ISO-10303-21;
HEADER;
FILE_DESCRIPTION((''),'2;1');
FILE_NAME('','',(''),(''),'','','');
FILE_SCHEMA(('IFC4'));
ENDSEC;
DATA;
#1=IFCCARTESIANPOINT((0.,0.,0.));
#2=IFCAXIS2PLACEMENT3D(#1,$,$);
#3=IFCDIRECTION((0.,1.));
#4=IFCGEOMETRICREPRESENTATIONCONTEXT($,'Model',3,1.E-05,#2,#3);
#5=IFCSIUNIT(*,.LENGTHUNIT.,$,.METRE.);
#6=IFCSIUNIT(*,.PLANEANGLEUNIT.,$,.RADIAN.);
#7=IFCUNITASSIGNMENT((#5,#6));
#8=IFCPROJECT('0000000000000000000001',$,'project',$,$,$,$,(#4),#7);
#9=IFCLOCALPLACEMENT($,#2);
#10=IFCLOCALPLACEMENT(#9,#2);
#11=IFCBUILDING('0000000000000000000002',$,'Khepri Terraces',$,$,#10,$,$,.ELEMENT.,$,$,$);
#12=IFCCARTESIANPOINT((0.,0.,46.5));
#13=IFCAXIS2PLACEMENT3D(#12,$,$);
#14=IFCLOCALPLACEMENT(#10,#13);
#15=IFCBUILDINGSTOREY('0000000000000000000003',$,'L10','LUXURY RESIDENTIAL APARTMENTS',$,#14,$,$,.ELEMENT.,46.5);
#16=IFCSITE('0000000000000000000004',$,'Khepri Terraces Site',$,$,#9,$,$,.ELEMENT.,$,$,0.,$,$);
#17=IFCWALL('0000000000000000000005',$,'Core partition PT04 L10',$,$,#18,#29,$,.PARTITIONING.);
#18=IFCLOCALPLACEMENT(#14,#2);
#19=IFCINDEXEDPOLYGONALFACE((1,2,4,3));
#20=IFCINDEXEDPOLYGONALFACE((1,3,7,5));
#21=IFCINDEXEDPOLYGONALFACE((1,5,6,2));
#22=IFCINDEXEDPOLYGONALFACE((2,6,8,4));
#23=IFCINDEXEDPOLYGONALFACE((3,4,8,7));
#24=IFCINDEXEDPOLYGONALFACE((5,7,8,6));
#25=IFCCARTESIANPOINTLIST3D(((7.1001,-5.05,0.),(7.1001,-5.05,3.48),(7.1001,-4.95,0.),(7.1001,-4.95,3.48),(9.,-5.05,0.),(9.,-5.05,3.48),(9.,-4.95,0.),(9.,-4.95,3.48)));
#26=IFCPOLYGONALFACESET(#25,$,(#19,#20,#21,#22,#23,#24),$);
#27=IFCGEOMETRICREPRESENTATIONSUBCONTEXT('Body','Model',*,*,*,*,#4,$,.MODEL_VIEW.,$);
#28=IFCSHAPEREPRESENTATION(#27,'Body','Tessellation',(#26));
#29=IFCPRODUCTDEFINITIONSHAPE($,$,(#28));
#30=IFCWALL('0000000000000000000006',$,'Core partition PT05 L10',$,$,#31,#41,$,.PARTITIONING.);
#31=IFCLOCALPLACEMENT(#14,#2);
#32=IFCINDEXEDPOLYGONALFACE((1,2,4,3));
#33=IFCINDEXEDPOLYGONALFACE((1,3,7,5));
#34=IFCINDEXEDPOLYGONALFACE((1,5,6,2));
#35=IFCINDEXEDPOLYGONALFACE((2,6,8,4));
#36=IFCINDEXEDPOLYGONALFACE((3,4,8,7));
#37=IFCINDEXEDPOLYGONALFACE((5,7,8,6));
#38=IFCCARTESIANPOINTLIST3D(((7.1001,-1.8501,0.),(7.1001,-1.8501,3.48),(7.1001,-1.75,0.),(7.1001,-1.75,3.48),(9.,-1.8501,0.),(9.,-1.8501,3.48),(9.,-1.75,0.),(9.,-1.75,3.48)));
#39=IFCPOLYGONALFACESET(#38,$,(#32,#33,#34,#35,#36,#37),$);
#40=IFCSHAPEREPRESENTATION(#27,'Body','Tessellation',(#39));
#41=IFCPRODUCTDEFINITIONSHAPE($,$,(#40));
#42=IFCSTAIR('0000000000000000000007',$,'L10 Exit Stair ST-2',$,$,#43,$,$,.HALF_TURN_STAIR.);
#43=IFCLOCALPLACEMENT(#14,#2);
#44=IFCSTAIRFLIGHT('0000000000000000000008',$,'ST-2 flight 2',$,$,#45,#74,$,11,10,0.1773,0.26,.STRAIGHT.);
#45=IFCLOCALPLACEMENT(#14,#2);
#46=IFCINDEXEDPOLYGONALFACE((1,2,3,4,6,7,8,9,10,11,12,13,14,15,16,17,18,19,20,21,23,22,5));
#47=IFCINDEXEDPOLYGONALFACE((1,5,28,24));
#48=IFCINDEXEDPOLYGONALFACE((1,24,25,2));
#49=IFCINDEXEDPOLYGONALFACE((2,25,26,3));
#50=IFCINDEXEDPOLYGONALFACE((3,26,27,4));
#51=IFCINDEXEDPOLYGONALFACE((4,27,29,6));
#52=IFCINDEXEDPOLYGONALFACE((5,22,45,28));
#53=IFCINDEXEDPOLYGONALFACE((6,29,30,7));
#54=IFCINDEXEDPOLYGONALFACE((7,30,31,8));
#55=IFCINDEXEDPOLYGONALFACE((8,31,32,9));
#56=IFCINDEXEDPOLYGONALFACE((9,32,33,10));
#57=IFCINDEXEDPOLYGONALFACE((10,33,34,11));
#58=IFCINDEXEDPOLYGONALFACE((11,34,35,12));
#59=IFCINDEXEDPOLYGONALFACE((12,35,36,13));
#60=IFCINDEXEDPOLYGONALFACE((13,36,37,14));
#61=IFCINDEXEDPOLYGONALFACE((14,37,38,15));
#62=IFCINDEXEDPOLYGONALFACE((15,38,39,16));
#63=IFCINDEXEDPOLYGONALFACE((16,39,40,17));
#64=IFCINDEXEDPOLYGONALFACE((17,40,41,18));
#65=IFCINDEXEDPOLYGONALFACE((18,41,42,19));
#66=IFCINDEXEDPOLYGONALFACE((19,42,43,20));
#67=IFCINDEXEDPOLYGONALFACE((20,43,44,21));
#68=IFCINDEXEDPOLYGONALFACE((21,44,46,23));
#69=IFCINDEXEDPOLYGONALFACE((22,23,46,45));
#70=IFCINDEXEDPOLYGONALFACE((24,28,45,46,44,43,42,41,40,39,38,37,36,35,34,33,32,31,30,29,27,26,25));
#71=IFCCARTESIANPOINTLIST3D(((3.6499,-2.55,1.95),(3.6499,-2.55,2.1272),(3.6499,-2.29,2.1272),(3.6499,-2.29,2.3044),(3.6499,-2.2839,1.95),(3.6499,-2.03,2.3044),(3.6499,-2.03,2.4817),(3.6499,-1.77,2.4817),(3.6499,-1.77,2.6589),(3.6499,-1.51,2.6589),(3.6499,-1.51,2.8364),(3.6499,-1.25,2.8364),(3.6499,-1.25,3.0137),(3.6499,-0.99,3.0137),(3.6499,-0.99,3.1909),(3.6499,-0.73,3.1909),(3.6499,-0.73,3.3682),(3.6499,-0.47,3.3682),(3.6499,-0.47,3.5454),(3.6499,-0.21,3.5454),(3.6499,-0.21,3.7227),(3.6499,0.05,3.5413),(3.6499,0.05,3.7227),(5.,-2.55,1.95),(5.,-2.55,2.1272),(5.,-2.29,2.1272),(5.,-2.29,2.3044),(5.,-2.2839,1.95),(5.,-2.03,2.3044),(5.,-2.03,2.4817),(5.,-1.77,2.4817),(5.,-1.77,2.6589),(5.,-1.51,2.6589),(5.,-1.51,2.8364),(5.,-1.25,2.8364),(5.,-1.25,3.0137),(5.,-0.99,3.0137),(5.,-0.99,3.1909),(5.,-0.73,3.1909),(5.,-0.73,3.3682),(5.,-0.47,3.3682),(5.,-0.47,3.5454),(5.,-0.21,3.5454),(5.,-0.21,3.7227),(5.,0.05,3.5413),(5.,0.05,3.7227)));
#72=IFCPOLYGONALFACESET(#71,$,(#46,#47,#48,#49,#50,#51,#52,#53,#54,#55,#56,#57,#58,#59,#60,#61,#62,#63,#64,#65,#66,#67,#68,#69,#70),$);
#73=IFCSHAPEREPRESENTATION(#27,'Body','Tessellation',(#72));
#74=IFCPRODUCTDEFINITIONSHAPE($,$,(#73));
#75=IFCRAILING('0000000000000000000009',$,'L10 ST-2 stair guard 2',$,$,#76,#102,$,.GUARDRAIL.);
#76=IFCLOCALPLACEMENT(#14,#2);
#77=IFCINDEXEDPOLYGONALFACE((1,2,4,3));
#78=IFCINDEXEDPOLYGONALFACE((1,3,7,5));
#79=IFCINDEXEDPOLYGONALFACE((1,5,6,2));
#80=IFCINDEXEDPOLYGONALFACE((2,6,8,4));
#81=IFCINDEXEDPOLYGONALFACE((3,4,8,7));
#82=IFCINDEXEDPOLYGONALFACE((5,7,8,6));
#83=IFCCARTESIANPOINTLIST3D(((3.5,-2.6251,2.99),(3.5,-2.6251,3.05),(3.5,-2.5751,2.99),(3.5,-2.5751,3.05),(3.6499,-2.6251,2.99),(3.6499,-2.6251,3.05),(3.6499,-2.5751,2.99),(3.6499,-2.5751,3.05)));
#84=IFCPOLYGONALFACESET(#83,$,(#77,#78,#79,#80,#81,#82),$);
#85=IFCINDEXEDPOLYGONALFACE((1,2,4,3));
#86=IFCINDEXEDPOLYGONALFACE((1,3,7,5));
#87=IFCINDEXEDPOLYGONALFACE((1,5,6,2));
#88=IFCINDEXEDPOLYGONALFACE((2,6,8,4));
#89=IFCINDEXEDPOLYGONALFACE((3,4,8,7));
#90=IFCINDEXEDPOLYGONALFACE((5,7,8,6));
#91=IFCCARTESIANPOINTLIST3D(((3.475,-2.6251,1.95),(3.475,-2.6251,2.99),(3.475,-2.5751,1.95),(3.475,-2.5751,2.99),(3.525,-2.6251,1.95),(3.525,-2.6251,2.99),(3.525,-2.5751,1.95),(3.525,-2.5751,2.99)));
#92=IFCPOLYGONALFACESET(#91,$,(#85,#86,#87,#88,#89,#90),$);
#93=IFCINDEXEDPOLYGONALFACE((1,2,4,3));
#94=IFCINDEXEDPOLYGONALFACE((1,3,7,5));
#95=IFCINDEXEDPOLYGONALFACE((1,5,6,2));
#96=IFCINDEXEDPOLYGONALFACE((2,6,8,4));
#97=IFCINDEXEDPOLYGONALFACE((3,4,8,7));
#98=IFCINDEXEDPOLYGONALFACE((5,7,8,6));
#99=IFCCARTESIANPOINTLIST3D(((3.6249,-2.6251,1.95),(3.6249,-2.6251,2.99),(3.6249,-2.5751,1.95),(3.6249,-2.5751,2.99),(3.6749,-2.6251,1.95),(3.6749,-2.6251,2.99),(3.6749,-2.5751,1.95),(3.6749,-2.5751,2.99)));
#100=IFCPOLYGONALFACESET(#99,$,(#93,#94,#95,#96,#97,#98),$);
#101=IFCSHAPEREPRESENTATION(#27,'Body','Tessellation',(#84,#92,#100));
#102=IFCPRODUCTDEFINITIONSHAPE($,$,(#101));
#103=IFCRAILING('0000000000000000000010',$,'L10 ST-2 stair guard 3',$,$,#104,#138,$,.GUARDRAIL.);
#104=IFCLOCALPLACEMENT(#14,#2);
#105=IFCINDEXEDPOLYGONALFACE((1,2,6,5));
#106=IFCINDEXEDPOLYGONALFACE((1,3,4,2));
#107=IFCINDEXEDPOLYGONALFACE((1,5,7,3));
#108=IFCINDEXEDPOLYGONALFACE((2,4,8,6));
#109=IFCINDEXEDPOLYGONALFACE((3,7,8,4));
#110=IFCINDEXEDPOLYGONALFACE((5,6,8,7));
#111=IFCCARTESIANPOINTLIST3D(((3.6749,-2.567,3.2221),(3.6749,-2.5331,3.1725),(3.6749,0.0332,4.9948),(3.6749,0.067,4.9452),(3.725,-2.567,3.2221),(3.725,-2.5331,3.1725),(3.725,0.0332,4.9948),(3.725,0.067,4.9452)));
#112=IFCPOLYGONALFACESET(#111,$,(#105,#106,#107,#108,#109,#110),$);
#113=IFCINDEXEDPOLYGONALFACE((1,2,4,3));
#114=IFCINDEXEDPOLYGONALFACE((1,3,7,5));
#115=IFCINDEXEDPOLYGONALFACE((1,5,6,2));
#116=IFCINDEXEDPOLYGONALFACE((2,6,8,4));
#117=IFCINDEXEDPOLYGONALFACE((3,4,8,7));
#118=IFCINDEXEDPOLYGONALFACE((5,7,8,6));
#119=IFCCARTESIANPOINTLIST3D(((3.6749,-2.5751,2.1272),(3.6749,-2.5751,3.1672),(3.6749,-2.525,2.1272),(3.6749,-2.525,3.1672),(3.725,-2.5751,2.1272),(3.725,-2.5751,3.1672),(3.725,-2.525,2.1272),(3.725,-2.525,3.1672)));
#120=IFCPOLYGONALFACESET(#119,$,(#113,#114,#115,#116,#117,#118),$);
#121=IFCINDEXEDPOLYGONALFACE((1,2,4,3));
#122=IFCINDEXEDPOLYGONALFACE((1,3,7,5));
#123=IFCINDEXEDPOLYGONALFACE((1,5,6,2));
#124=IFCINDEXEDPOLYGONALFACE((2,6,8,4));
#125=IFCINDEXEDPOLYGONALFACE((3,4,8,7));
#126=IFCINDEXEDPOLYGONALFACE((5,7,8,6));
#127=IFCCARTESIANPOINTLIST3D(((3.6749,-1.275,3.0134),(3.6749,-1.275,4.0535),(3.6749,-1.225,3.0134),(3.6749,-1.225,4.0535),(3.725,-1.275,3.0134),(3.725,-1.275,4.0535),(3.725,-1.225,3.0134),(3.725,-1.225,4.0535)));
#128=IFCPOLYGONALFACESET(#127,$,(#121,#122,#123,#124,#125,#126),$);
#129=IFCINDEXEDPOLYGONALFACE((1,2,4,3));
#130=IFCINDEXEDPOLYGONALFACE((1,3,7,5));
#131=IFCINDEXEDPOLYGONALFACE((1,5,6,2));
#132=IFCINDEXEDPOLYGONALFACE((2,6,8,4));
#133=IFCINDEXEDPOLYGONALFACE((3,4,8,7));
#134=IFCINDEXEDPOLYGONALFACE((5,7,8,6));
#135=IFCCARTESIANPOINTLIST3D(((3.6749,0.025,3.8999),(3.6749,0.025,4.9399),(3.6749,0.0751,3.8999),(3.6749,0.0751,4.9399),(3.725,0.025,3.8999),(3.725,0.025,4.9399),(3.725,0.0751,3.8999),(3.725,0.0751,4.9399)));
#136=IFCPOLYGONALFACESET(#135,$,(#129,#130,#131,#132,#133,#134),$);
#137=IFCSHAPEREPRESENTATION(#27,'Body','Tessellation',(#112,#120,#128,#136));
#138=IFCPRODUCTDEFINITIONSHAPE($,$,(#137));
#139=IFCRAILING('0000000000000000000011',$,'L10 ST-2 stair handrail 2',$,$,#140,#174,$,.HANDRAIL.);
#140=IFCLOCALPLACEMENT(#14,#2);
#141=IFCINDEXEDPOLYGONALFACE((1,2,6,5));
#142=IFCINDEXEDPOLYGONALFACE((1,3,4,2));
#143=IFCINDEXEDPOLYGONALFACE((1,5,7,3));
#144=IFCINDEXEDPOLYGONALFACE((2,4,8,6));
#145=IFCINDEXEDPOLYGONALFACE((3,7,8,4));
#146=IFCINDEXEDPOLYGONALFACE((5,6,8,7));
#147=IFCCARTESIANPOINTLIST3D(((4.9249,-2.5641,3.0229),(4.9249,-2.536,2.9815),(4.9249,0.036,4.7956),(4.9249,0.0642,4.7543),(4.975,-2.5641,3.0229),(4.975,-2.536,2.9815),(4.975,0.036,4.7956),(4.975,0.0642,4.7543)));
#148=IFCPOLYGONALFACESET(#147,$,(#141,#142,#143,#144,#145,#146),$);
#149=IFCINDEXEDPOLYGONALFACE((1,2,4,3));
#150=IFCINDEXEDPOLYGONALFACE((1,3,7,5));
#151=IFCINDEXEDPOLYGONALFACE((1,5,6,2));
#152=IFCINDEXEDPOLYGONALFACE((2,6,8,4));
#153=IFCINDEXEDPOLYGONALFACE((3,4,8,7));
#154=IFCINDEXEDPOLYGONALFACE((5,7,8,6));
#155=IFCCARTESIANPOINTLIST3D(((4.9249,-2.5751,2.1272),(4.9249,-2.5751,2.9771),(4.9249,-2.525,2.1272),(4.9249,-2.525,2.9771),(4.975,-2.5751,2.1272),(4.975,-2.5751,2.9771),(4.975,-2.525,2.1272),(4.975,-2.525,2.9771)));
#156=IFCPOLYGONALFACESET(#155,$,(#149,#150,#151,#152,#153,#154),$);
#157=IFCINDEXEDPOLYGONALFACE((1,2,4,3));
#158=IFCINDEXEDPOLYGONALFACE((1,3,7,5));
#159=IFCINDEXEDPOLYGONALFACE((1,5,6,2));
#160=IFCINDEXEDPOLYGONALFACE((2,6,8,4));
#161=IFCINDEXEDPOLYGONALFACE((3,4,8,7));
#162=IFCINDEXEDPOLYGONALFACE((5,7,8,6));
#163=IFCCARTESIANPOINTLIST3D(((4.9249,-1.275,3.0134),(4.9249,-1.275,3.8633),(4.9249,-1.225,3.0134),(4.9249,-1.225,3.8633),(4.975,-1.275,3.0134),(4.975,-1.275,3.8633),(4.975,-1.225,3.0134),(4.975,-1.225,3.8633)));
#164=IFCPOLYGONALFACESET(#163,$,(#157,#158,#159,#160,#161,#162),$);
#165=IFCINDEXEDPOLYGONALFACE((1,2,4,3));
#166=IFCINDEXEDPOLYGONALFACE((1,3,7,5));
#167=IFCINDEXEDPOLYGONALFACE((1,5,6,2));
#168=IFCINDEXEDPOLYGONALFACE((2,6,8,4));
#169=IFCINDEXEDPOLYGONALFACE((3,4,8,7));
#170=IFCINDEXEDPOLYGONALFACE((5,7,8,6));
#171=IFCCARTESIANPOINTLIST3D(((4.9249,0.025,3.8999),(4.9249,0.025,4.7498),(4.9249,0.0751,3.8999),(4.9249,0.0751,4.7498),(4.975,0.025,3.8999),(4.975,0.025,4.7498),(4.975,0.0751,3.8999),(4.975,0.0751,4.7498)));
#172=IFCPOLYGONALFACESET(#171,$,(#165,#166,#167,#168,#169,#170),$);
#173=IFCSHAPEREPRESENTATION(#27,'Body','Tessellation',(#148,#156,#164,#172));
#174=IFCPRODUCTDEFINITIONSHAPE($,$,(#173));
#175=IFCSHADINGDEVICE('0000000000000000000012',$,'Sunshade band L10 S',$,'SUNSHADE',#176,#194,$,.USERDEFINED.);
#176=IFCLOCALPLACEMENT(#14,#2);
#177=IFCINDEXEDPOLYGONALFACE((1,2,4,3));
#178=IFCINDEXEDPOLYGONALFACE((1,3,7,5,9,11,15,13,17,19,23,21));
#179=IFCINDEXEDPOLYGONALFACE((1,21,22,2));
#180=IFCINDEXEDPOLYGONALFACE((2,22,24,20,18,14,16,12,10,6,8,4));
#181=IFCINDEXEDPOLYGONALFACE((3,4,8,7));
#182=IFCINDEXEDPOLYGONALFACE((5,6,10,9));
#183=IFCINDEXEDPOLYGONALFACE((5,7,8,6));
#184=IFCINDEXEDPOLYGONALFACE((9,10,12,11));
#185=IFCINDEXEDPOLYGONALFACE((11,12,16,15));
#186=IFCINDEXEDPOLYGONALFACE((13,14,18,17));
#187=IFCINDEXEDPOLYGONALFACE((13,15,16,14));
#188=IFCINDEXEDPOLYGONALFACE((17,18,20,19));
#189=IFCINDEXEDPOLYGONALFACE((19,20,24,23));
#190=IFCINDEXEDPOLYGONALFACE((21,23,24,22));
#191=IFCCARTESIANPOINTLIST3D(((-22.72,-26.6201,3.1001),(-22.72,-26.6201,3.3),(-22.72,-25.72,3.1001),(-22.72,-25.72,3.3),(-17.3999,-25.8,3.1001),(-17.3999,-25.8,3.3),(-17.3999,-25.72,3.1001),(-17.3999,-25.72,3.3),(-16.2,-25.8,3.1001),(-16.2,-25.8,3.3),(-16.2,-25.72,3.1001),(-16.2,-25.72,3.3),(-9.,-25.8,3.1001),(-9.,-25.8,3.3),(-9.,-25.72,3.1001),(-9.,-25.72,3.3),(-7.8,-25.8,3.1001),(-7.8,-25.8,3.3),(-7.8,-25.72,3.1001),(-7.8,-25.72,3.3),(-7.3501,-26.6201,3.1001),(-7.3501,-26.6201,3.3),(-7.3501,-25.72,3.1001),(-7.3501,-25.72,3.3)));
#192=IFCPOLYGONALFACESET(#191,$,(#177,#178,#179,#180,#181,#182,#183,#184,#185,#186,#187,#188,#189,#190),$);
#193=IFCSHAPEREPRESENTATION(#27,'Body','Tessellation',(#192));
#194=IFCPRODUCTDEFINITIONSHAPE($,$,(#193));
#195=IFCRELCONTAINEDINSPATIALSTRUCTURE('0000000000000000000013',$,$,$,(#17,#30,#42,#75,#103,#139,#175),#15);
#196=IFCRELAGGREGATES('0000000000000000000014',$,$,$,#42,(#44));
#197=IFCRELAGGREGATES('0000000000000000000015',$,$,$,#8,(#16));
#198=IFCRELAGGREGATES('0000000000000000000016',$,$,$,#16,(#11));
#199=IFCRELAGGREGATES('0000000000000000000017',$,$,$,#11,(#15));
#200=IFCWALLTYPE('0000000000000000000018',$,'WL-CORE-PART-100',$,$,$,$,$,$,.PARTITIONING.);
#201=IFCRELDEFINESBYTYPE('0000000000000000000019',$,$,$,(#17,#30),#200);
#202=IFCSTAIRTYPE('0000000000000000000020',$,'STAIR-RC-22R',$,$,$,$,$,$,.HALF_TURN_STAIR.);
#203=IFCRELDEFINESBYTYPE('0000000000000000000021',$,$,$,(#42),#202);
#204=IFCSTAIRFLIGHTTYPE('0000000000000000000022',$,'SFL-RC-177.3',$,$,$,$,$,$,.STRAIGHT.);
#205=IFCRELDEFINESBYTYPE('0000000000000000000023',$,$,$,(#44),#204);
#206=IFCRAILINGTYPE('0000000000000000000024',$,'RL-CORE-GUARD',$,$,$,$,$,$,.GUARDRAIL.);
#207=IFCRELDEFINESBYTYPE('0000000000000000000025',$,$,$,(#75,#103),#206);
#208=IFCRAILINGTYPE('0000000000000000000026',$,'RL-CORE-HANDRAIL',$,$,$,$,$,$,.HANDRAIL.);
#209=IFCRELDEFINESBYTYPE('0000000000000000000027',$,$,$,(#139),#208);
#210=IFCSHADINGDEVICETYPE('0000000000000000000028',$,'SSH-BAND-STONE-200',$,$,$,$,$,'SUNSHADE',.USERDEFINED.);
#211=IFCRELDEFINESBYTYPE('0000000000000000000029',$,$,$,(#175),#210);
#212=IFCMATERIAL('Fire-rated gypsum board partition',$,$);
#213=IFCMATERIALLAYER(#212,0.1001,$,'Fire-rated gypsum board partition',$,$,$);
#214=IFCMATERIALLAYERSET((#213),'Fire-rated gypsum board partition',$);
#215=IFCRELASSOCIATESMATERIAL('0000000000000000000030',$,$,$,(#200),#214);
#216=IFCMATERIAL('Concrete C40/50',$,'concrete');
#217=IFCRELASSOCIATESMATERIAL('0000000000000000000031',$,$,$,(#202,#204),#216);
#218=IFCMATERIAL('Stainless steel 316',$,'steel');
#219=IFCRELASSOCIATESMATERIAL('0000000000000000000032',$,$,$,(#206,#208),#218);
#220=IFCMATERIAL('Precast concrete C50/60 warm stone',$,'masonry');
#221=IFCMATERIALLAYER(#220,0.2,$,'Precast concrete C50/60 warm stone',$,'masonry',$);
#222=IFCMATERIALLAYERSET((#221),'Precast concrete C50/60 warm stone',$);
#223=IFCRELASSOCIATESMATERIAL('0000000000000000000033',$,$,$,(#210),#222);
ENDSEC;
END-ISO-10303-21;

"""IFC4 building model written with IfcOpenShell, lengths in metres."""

from ifc_helpers import new_model, si_unit, direction, frame, frame_2d, origin, origin_2d, place, context, subcontext, project, spatial, polyline, rectangle, outline, extrude, material, layer, layer_set, type_object, element, aggregate, save


model = new_model("IFC4")

# Units and contexts
model_context = context("Model", 3, precision=1e-05, world=origin(), true_north=direction((0.0, 1.0)))
body_context = subcontext(model_context, "Body", "Model", "MODEL_VIEW")
ifc_project = project(units=[si_unit("LENGTHUNIT", "METRE"), si_unit("PLANEANGLEUNIT", "RADIAN")], contexts=[model_context])

# Site, building, storey
site_placement = place(None, origin())
site = spatial("IfcSite", under=ifc_project, at=site_placement, Name="Khepri Terraces Site", CompositionType="ELEMENT", RefElevation=0.0)
building_placement = place(site_placement, origin())
building = spatial("IfcBuilding", under=site, at=building_placement, Name="Khepri Terraces", CompositionType="ELEMENT")
storey_placement = place(building_placement, frame((0.0, 0.0, 46.5)))
storey = spatial("IfcBuildingStorey", under=building, at=storey_placement, Name="L10", Description="LUXURY RESIDENTIAL APARTMENTS", CompositionType="ELEMENT", Elevation=46.5)

# Shared definitions
ifc_material_1 = material(Name="Precast concrete C50/60 warm stone", Category="masonry")

# Walls
ifc_material_2 = material(Name="Fire-rated gypsum board partition")
ifc_layer_1 = layer(ifc_material_2, 0.1001, Name="Fire-rated gypsum board partition")
ifc_layer_set_1 = layer_set([ifc_layer_1], Name="Fire-rated gypsum board partition")
wall_type_1 = type_object("IfcWallType", Name="WL-CORE-PART-100", PredefinedType="PARTITIONING", material=ifc_layer_set_1)
for number, where, z_axis, x_axis, name in (
    (1, (7.1001, -5.0, 0.0), (0.0, 0.0, 1.0), (1.0, 0.0, 0.0), "Core partition PT04 L10"),
    (2, (7.1001, -1.8, 0.0), (0.0, 0.0, 1.0), (1.0, 0.0, 0.0), "Core partition PT05 L10"),
):
    element("IfcWall", number, at=place(storey_placement, frame(where, z_axis=z_axis, x_axis=x_axis)), inside=storey, type_object=wall_type_1, Name=name, PredefinedType="PARTITIONING", context=body_context, shape_type="SweptSolid", body=[
        extrude(rectangle(XDim=1.8999, YDim=0.1001, at=frame_2d((0.95, 0.0))), origin(), (0.0, 0.0, 1.0), 3.48),
    ])

# Stair, stair flight
ifc_material_3 = material(Name="Concrete C40/50", Category="concrete")
stair_type = type_object("IfcStairType", Name="STAIR-RC-22R", PredefinedType="HALF_TURN_STAIR", material=ifc_material_3)
stair_placement = place(storey_placement, origin())
stair = element("IfcStair", 3, at=stair_placement, inside=storey, type_object=stair_type, Name="L10 Exit Stair ST-2", PredefinedType="HALF_TURN_STAIR")
stair_flight_type = type_object("IfcStairFlightType", Name="SFL-RC-177.3", PredefinedType="STRAIGHT", material=ifc_material_3)
stair_flight_placement = place(storey_placement, frame((4.325, -2.55, 1.95), z_axis=(0.0, 0.0, 1.0), x_axis=(0.0, 1.0, 0.0)))
stair_flight = element("IfcStairFlight", 4, at=stair_flight_placement, type_object=stair_flight_type, Name="ST-2 flight 2", NumberOfRisers=11, NumberOfTreads=10, PredefinedType="STRAIGHT", RiserHeight=0.1773, TreadLength=0.26, context=body_context, shape_type="SweptSolid", body=[
    extrude(outline(polyline([(0.0, 0.0), (0.0, 0.1772), (0.26, 0.1772), (0.26, 0.3545), (0.52, 0.3545), (0.52, 0.5317), (0.78, 0.5317), (0.78, 0.709), (1.04, 0.709), (1.04, 0.8865), (1.3, 0.8865), (1.3, 1.0637), (1.5601, 1.0637), (1.5601, 1.241), (1.8201, 1.241), (1.8201, 1.4182), (2.0801, 1.4182), (2.0801, 1.5955), (2.3401, 1.5955), (2.3401, 1.7727), (2.6001, 1.7727), (2.6001, 1.95), (2.6001, 1.5913), (0.2661, 0.0), (0.0, 0.0)])), frame((0.0, 0.675, 0.0), z_axis=(0.0, -1.0, 0.0), x_axis=(1.0, 0.0, 0.0)), (0.0, 0.0, 1.0), 1.3501),
])
aggregate(stair, [stair_flight])

# Railings
ifc_material_4 = material(Name="Stainless steel 316", Category="steel")
railing_type_1 = type_object("IfcRailingType", Name="RL-CORE-GUARD", PredefinedType="GUARDRAIL", material=ifc_material_4)
railing_1_placement = place(storey_placement, frame((3.5, -2.6001, 1.95)))
element("IfcRailing", 5, at=railing_1_placement, inside=storey, type_object=railing_type_1, Name="L10 ST-2 stair guard 2", PredefinedType="GUARDRAIL", context=body_context, shape_type="SweptSolid", body=[
    extrude(rectangle(XDim=0.05, YDim=0.0601, at=origin_2d()), frame((0.0, 0.0, 1.0701), z_axis=(1.0, 0.0, 0.0), x_axis=(0.0, 1.0, 0.0)), (0.0, 0.0, 1.0), 0.1499),
    extrude(rectangle(XDim=0.05, YDim=0.05, at=origin_2d()), origin(), (0.0, 0.0, 1.0), 1.04),
    extrude(rectangle(XDim=0.05, YDim=0.05, at=origin_2d()), frame((0.1499, 0.0, 0.0)), (0.0, 0.0, 1.0), 1.04),
])
railing_2_placement = place(storey_placement, frame((3.7, -2.55, 2.1272)))
element("IfcRailing", 6, at=railing_2_placement, inside=storey, type_object=railing_type_1, Name="L10 ST-2 stair guard 3", PredefinedType="GUARDRAIL", context=body_context, shape_type="SweptSolid", body=[
    extrude(rectangle(XDim=0.05, YDim=0.0601, at=origin_2d()), frame((0.0, 0.0, 1.0701), z_axis=(0.0, 0.82624, 0.563318), x_axis=(-1.0, 0.0, 0.0)), (0.0, 0.0, 1.0), 3.147),
    extrude(rectangle(XDim=0.05, YDim=0.05, at=origin_2d()), origin(), (0.0, 0.0, 1.0), 1.04),
    extrude(rectangle(XDim=0.05, YDim=0.05, at=origin_2d()), frame((0.0, 1.3, 0.8862)), (0.0, 0.0, 1.0), 1.04),
    extrude(rectangle(XDim=0.05, YDim=0.05, at=origin_2d()), frame((0.0, 2.6001, 1.7727)), (0.0, 0.0, 1.0), 1.04),
])
railing_type_2 = type_object("IfcRailingType", Name="RL-CORE-HANDRAIL", PredefinedType="HANDRAIL", material=ifc_material_4)
railing_3_placement = place(storey_placement, frame((4.95, -2.55, 2.1272)))
element("IfcRailing", 7, at=railing_3_placement, inside=storey, type_object=railing_type_2, Name="L10 ST-2 stair handrail 2", PredefinedType="HANDRAIL", context=body_context, shape_type="SweptSolid", body=[
    extrude(rectangle(XDim=0.05, YDim=0.05, at=origin_2d()), frame((0.0, 0.0, 0.875), z_axis=(0.0, 0.82624, 0.563318), x_axis=(-1.0, 0.0, 0.0)), (0.0, 0.0, 1.0), 3.147),
    extrude(rectangle(XDim=0.05, YDim=0.05, at=origin_2d()), origin(), (0.0, 0.0, 1.0), 0.8499),
    extrude(rectangle(XDim=0.05, YDim=0.05, at=origin_2d()), frame((0.0, 1.3, 0.8862)), (0.0, 0.0, 1.0), 0.8499),
    extrude(rectangle(XDim=0.05, YDim=0.05, at=origin_2d()), frame((0.0, 2.6001, 1.7727)), (0.0, 0.0, 1.0), 0.8499),
])

# Shading device
ifc_layer_2 = layer(ifc_material_1, 0.2, Name="Precast concrete C50/60 warm stone", Category="masonry")
ifc_layer_set_2 = layer_set([ifc_layer_2], Name="Precast concrete C50/60 warm stone")
shading_device_type_1 = type_object("IfcShadingDeviceType", Name="SSH-BAND-STONE-200", ElementType="SUNSHADE", PredefinedType="USERDEFINED", material=ifc_layer_set_2)
shading_device_1_placement = place(storey_placement, frame((0.0, 0.0, 3.1001)))
element("IfcShadingDevice", 8, at=shading_device_1_placement, inside=storey, type_object=shading_device_type_1, Name="Sunshade band L10 S", ObjectType="SUNSHADE", PredefinedType="USERDEFINED", context=body_context, shape_type="SweptSolid", body=[
    extrude(outline(polyline([(-17.3999, -25.72), (-22.72, -25.72), (-22.72, -26.6201), (-7.3501, -26.6201), (-7.3501, -25.72), (-7.8, -25.72), (-7.8, -25.8), (-9.0, -25.8), (-9.0, -25.72), (-16.2, -25.72), (-16.2, -25.8), (-17.3999, -25.8), (-17.3999, -25.72)])), origin(), (0.0, 0.0, 1.0), 0.2),
])

save(model, "model.ifc")
